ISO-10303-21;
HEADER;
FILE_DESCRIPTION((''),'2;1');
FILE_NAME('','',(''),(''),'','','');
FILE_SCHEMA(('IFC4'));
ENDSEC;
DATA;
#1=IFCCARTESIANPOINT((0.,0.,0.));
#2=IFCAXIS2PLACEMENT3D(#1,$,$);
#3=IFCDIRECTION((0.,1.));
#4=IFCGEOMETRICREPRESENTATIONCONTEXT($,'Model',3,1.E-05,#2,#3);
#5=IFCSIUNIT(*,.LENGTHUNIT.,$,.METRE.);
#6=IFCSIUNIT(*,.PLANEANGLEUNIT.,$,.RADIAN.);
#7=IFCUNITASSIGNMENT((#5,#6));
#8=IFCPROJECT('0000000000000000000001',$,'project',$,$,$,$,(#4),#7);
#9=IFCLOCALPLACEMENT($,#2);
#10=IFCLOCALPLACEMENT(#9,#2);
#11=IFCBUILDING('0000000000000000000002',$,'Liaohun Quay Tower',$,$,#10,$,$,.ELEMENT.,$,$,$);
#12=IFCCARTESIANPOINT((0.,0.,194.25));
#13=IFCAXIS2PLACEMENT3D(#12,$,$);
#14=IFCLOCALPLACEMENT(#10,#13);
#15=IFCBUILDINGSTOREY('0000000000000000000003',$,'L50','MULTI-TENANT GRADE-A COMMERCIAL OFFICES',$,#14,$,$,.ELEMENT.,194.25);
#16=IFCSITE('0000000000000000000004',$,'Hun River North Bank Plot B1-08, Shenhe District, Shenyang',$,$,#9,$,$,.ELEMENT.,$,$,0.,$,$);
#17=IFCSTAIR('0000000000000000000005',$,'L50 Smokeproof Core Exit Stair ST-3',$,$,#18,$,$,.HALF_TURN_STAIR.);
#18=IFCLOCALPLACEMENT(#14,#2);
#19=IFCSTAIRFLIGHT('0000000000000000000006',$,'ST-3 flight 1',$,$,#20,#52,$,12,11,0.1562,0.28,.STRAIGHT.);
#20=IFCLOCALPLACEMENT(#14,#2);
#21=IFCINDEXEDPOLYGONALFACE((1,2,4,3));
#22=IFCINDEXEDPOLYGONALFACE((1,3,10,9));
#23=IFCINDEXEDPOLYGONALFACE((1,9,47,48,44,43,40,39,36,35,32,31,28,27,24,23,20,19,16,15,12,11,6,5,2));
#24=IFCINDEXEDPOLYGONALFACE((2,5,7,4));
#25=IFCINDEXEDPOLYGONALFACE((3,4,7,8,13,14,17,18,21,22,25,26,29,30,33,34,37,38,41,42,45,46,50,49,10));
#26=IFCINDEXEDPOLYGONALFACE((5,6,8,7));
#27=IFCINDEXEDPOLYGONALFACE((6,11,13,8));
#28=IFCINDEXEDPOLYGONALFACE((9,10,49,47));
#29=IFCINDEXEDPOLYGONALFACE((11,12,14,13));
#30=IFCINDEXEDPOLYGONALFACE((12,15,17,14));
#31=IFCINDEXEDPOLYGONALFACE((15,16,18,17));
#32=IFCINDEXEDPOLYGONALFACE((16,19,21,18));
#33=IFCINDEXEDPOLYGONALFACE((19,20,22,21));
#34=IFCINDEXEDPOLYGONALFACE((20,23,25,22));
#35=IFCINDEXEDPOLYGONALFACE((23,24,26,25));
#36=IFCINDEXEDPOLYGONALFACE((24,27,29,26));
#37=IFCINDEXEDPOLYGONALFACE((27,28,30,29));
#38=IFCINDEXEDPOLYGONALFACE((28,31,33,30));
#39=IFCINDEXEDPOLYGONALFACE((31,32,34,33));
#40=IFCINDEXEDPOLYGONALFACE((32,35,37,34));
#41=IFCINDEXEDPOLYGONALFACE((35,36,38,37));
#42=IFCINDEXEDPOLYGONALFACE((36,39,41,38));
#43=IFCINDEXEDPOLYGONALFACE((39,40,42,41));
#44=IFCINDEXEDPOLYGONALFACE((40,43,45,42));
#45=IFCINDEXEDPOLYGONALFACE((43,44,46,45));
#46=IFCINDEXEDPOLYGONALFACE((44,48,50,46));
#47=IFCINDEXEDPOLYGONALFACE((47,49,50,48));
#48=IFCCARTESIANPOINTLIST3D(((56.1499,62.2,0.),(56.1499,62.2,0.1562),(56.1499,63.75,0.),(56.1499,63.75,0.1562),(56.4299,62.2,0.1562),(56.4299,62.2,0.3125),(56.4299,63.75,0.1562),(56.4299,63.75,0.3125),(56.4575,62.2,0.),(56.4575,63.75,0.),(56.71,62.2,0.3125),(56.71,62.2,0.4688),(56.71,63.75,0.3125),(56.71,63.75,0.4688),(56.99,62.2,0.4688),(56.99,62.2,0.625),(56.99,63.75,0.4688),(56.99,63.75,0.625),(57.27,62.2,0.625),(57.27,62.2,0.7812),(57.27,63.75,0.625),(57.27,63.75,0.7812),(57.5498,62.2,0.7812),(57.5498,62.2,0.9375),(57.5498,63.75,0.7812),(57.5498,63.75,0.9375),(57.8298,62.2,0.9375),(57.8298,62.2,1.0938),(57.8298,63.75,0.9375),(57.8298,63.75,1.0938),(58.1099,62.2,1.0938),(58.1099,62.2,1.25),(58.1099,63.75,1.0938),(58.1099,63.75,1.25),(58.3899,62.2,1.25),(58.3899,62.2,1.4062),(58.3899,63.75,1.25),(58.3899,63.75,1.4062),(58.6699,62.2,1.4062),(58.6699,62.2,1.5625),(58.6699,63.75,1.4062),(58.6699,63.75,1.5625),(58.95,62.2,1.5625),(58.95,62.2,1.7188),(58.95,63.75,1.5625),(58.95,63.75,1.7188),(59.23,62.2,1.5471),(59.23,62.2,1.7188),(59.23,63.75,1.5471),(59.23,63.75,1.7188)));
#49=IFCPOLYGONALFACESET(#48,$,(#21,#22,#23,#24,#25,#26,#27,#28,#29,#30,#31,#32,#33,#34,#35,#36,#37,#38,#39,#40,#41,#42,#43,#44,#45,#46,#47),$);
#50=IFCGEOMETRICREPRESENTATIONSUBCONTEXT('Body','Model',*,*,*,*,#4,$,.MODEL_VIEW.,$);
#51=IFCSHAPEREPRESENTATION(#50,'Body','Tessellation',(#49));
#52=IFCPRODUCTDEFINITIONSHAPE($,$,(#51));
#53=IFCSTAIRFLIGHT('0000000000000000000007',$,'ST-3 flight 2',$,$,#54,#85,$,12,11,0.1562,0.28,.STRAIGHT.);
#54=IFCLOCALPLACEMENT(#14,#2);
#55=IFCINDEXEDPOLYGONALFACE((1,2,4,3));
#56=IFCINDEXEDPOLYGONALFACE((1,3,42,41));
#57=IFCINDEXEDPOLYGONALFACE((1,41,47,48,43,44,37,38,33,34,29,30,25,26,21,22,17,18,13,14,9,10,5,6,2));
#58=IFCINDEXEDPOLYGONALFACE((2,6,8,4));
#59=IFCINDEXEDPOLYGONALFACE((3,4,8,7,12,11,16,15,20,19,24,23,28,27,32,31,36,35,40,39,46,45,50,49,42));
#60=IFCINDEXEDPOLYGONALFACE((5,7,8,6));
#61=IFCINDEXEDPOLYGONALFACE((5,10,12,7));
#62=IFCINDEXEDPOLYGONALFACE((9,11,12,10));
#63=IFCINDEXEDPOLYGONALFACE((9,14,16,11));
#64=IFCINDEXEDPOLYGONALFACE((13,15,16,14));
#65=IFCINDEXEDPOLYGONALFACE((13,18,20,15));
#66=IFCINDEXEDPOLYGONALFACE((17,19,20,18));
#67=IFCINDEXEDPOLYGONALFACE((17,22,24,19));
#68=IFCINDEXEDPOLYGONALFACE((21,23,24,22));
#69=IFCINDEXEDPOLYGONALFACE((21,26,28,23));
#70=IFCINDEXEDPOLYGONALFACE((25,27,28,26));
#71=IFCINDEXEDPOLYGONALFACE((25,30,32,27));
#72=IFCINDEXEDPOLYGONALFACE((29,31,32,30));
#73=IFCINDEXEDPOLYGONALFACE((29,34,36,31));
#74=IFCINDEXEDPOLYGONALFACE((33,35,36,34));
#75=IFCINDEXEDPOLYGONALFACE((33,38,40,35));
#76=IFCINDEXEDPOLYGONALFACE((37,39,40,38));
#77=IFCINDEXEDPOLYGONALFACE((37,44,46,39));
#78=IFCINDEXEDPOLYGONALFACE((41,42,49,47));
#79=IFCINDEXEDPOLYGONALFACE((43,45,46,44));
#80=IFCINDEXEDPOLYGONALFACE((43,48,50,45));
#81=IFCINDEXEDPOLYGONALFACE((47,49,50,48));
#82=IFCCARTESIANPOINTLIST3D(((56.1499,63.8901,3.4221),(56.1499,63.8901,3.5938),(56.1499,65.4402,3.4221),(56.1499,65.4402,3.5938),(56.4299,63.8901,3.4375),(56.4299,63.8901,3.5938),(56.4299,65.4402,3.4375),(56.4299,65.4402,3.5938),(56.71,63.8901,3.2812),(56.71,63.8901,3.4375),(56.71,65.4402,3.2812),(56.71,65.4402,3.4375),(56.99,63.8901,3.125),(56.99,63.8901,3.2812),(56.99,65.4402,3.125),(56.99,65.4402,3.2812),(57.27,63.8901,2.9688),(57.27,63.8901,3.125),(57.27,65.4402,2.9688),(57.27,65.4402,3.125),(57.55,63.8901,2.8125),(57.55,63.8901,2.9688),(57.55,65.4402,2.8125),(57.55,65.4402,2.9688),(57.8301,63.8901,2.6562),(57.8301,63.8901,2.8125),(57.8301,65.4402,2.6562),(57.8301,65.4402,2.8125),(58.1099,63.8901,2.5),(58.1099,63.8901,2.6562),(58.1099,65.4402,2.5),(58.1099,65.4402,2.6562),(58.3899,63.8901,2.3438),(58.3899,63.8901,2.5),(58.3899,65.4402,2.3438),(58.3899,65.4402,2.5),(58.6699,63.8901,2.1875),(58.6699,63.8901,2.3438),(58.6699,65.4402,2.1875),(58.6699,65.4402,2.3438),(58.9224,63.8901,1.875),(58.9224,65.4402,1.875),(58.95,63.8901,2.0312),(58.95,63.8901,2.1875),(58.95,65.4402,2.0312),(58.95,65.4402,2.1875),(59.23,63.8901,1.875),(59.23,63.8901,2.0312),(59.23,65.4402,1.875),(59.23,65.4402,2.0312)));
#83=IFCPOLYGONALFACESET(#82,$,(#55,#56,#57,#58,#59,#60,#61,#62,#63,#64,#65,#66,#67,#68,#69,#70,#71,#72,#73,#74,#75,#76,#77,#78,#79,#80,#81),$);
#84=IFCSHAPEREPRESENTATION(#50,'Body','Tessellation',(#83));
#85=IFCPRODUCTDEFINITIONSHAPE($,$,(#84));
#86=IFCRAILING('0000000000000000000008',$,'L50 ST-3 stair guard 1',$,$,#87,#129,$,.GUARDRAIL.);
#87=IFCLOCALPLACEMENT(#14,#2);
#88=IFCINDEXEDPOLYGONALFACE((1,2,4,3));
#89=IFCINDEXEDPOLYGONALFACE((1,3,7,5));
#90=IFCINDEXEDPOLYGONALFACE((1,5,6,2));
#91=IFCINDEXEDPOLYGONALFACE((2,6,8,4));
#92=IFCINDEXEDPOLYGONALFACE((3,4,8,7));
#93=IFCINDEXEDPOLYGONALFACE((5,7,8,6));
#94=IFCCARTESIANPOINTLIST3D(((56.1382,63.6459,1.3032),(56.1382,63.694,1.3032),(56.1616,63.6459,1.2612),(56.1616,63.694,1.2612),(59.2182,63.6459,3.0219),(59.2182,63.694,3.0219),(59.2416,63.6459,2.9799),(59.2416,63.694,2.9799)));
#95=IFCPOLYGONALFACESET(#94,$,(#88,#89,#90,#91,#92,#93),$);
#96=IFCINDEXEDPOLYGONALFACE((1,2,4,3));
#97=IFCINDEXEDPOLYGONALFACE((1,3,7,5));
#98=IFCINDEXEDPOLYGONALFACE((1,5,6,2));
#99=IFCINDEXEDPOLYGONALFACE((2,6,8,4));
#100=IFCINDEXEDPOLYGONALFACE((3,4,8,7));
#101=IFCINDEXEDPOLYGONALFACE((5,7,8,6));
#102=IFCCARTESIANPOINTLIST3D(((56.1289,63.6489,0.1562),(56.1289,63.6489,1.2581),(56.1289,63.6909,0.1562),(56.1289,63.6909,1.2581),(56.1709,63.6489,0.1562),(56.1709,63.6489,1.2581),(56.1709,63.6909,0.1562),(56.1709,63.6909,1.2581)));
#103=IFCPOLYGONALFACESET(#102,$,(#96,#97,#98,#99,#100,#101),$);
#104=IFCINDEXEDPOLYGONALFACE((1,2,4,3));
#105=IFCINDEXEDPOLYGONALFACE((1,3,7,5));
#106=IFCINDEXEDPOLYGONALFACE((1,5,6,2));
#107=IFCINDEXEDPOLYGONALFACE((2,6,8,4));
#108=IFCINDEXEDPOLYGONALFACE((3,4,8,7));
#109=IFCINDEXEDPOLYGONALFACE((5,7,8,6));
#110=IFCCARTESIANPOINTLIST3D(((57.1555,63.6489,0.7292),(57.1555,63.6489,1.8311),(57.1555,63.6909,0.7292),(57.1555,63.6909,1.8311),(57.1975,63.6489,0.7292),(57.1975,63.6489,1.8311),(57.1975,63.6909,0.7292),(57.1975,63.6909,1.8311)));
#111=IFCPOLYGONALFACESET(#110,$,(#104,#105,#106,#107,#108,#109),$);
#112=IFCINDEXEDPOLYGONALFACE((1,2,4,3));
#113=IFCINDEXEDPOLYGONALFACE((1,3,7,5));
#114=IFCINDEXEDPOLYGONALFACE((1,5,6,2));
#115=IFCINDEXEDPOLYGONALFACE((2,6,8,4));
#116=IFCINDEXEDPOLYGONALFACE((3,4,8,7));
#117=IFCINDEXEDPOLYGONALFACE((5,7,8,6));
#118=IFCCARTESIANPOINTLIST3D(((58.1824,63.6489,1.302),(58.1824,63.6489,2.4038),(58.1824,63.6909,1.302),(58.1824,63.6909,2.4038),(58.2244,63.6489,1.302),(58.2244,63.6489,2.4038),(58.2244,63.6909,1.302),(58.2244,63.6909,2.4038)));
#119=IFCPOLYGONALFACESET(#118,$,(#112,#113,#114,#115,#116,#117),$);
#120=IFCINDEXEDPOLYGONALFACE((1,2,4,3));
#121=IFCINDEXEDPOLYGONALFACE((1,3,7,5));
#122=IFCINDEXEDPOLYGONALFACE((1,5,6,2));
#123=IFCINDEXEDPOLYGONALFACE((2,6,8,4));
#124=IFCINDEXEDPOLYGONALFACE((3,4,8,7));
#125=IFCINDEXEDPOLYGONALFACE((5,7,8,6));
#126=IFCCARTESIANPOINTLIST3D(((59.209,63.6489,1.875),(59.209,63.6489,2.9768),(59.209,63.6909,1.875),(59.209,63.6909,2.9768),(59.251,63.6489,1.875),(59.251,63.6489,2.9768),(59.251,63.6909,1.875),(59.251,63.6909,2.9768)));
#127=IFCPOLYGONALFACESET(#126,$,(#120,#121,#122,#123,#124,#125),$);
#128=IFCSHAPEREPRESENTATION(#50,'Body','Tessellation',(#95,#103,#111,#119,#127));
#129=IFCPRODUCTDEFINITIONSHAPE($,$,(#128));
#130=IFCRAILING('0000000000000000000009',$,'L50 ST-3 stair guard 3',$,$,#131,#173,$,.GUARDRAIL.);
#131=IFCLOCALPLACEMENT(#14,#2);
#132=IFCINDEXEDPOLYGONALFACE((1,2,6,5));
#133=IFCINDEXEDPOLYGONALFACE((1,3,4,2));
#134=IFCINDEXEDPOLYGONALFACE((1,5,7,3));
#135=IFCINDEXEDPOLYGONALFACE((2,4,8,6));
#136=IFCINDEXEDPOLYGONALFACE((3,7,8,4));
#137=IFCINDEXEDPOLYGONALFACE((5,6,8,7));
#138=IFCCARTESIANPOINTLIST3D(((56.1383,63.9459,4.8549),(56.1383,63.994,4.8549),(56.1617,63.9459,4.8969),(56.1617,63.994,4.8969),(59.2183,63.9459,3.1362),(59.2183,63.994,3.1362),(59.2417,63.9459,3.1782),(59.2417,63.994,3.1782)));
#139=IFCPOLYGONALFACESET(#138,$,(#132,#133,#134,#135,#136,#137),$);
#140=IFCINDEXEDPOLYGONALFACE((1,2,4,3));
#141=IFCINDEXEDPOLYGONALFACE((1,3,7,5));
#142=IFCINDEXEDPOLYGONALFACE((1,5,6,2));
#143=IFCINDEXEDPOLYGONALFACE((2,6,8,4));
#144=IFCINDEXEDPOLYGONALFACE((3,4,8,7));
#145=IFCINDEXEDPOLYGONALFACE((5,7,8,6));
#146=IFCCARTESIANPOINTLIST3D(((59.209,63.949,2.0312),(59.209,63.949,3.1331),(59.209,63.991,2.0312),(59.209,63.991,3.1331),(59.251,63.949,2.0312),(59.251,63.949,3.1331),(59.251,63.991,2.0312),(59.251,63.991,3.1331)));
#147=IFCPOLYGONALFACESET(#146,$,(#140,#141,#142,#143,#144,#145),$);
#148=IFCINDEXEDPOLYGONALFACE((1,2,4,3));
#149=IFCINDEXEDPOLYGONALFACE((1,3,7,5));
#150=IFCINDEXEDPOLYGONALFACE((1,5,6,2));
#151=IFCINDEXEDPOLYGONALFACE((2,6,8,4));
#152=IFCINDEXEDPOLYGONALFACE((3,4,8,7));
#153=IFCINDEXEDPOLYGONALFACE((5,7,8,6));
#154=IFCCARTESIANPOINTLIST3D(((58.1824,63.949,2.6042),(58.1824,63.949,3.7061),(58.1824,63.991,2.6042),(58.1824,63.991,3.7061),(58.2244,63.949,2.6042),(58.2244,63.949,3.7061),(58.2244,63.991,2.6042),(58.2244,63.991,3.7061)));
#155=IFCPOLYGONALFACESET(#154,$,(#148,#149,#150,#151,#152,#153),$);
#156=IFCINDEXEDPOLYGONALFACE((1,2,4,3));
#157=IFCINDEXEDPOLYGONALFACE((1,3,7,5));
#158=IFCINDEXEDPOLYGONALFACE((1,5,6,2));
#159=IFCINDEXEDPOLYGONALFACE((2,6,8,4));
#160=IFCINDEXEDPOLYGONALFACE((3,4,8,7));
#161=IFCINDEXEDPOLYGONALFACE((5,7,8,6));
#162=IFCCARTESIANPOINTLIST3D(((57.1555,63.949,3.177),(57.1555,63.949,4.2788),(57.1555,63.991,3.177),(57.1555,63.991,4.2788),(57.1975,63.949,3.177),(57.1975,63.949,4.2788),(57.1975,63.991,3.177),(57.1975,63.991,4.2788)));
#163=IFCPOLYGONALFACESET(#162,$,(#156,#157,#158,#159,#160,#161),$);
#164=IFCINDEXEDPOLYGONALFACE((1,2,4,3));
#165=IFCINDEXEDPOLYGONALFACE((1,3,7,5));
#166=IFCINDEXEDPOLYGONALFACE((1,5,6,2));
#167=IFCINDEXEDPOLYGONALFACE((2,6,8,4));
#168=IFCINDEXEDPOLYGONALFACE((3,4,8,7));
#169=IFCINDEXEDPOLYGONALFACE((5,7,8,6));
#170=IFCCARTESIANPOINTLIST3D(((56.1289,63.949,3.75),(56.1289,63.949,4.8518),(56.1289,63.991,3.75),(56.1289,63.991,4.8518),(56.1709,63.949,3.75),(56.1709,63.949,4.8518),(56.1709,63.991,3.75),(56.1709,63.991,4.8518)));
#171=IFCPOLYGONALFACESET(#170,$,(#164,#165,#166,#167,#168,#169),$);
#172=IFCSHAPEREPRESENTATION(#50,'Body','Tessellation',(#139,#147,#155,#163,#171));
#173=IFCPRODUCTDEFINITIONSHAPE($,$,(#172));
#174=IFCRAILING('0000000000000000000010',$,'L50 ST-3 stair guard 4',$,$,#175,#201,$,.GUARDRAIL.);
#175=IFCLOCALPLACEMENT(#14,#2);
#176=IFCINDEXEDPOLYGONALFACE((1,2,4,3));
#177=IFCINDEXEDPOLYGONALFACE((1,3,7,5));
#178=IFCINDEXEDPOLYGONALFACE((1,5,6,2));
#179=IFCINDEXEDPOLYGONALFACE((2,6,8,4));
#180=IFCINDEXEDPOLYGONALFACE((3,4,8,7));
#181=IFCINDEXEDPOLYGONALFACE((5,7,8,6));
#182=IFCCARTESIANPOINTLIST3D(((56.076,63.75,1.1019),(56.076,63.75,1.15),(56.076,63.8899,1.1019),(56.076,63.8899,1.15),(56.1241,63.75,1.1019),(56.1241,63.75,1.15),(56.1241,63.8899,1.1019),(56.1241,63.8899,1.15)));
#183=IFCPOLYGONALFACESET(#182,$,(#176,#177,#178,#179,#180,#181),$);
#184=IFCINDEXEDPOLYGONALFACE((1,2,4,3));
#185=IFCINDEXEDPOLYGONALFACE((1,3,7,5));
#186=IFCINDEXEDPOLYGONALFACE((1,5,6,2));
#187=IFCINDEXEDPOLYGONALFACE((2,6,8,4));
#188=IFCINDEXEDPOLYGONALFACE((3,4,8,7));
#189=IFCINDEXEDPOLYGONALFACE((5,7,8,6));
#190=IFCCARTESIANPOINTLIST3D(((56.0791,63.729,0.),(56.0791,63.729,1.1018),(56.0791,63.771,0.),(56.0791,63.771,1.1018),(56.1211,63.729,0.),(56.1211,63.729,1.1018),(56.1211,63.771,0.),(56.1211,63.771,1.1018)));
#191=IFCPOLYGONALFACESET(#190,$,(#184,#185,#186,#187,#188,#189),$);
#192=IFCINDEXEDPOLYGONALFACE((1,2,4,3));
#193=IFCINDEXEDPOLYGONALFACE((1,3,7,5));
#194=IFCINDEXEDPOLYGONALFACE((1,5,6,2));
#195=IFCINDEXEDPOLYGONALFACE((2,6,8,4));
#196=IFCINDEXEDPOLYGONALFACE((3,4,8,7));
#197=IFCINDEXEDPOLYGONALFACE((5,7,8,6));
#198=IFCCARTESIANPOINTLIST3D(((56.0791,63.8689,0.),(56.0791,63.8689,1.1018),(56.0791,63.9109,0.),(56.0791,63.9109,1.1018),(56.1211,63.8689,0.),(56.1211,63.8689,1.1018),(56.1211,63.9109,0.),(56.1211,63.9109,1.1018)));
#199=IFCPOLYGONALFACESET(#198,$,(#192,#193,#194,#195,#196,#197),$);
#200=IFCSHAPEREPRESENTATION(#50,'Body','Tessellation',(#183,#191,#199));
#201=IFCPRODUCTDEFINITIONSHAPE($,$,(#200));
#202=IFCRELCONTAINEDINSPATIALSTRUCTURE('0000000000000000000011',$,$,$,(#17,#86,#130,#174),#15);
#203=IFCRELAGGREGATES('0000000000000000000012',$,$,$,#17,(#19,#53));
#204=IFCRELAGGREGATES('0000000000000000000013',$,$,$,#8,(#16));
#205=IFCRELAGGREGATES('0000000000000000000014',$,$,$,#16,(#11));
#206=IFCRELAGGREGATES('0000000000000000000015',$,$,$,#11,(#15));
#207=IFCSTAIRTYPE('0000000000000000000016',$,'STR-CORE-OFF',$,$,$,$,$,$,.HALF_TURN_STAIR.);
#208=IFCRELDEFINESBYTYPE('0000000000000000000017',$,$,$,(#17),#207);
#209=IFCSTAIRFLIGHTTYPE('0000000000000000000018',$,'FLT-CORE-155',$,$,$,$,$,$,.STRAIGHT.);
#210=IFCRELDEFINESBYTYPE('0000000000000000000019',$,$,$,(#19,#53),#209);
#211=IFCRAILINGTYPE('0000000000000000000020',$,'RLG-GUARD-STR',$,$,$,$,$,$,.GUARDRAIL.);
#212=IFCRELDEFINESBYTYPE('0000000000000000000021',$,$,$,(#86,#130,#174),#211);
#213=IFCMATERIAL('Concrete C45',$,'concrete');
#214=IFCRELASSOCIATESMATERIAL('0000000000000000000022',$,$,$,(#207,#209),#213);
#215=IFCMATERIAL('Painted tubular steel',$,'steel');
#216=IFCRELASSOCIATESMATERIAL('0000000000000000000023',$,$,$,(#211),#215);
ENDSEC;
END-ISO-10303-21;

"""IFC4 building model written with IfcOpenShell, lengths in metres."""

from ifc_helpers import new_model, si_unit, direction, frame, origin, origin_2d, place, context, subcontext, project, spatial, polyline, rectangle, outline, extrude, material, type_object, element, aggregate, save


model = new_model("IFC4")

# Units and contexts
model_context = context("Model", 3, precision=1e-05, world=origin(), true_north=direction((0.0, 1.0)))
body_context = subcontext(model_context, "Body", "Model", "MODEL_VIEW")
ifc_project = project(units=[si_unit("LENGTHUNIT", "METRE"), si_unit("PLANEANGLEUNIT", "RADIAN")], contexts=[model_context])

# Site, building, storey
site_placement = place(None, origin())
site = spatial("IfcSite", under=ifc_project, at=site_placement, Name="Hun River North Bank Plot B1-08, Shenhe District, Shenyang", CompositionType="ELEMENT", RefElevation=0.0)
building_placement = place(site_placement, origin())
building = spatial("IfcBuilding", under=site, at=building_placement, Name="Liaohun Quay Tower", CompositionType="ELEMENT")
storey_placement = place(building_placement, frame((0.0, 0.0, 194.25)))
storey = spatial("IfcBuildingStorey", under=building, at=storey_placement, Name="L50", Description="MULTI-TENANT GRADE-A COMMERCIAL OFFICES", CompositionType="ELEMENT", Elevation=194.25)

# Stair, stair flights
ifc_material_1 = material(Name="Concrete C45", Category="concrete")
stair_type = type_object("IfcStairType", Name="STR-CORE-OFF", PredefinedType="HALF_TURN_STAIR", material=ifc_material_1)
stair_placement = place(storey_placement, origin())
stair = element("IfcStair", 1, at=stair_placement, inside=storey, type_object=stair_type, Name="L50 Smokeproof Core Exit Stair ST-3", PredefinedType="HALF_TURN_STAIR")
stair_flight_type = type_object("IfcStairFlightType", Name="FLT-CORE-155", PredefinedType="STRAIGHT", material=ifc_material_1)
stair_flight_1_placement = place(storey_placement, frame((56.1499, 62.9751, 0.0), z_axis=(0.0, 0.0, 1.0), x_axis=(1.0, 0.0, 0.0)))
stair_flight_1 = element("IfcStairFlight", 2, at=stair_flight_1_placement, type_object=stair_flight_type, Name="ST-3 flight 1", NumberOfRisers=12, NumberOfTreads=11, PredefinedType="STRAIGHT", RiserHeight=0.1562, TreadLength=0.28, context=body_context, shape_type="SweptSolid", body=[
    extrude(outline(polyline([(0.0, 0.0), (0.0, 0.1562), (0.28, 0.1562), (0.28, 0.3125), (0.5601, 0.3125), (0.5601, 0.4688), (0.8401, 0.4688), (0.8401, 0.625), (1.1201, 0.625), (1.1201, 0.7812), (1.3999, 0.7812), (1.3999, 0.9375), (1.6799, 0.9375), (1.6799, 1.0938), (1.96, 1.0938), (1.96, 1.25), (2.24, 1.25), (2.24, 1.4062), (2.52, 1.4062), (2.52, 1.5625), (2.8, 1.5625), (2.8, 1.7188), (3.0801, 1.7188), (3.0801, 1.875), (3.0801, 1.5471), (0.3076, 0.0), (0.0, 0.0)])), frame((0.0, 0.7749, 0.0), z_axis=(0.0, -1.0, 0.0), x_axis=(1.0, 0.0, 0.0)), (0.0, 0.0, 1.0), 1.55),
])
stair_flight_2_placement = place(storey_placement, frame((59.23, 64.665, 1.875), z_axis=(0.0, 0.0, 1.0), x_axis=(-1.0, 0.0, 0.0)))
stair_flight_2 = element("IfcStairFlight", 3, at=stair_flight_2_placement, type_object=stair_flight_type, Name="ST-3 flight 2", NumberOfRisers=12, NumberOfTreads=11, PredefinedType="STRAIGHT", RiserHeight=0.1562, TreadLength=0.28, context=body_context, shape_type="SweptSolid", body=[
    extrude(outline(polyline([(0.0, 0.0), (0.0, 0.1562), (0.28, 0.1562), (0.28, 0.3125), (0.5601, 0.3125), (0.5601, 0.4688), (0.8401, 0.4688), (0.8401, 0.625), (1.1201, 0.625), (1.1201, 0.7812), (1.3999, 0.7812), (1.3999, 0.9375), (1.6799, 0.9375), (1.6799, 1.0938), (1.96, 1.0938), (1.96, 1.25), (2.24, 1.25), (2.24, 1.4062), (2.52, 1.4062), (2.52, 1.5625), (2.8, 1.5625), (2.8, 1.7188), (3.0801, 1.7188), (3.0801, 1.875), (3.0801, 1.5471), (0.3076, 0.0), (0.0, 0.0)])), frame((0.0, 0.7749, 0.0), z_axis=(0.0, -1.0, 0.0), x_axis=(1.0, 0.0, 0.0)), (0.0, 0.0, 1.0), 1.55),
])
aggregate(stair, [stair_flight_1, stair_flight_2])

# Railings
ifc_material_2 = material(Name="Painted tubular steel", Category="steel")
railing_type_1 = type_object("IfcRailingType", Name="RLG-GUARD-STR", PredefinedType="GUARDRAIL", material=ifc_material_2)
railing_1_placement = place(storey_placement, frame((56.1499, 63.6699, 0.1562)))
element("IfcRailing", 4, at=railing_1_placement, inside=storey, type_object=railing_type_1, Name="L50 ST-3 stair guard 1", PredefinedType="GUARDRAIL", context=body_context, shape_type="SweptSolid", body=[
    extrude(rectangle(XDim=0.0481, YDim=0.0481, at=origin_2d()), frame((0.0, 0.0, 1.126), z_axis=(0.873242, 0.0, 0.487288), x_axis=(0.0, 1.0, 0.0)), (0.0, 0.0, 1.0), 3.5271),
    extrude(rectangle(XDim=0.042, YDim=0.042, at=origin_2d()), origin(), (0.0, 0.0, 1.0), 1.1018),
    extrude(rectangle(XDim=0.042, YDim=0.042, at=origin_2d()), frame((1.0266, 0.0, 0.573)), (0.0, 0.0, 1.0), 1.1018),
    extrude(rectangle(XDim=0.042, YDim=0.042, at=origin_2d()), frame((2.0535, 0.0, 1.1458)), (0.0, 0.0, 1.0), 1.1018),
    extrude(rectangle(XDim=0.042, YDim=0.042, at=origin_2d()), frame((3.0801, 0.0, 1.7188)), (0.0, 0.0, 1.0), 1.1018),
])
railing_2_placement = place(storey_placement, frame((59.23, 63.97, 2.0312)))
element("IfcRailing", 5, at=railing_2_placement, inside=storey, type_object=railing_type_1, Name="L50 ST-3 stair guard 3", PredefinedType="GUARDRAIL", context=body_context, shape_type="SweptSolid", body=[
    extrude(rectangle(XDim=0.0481, YDim=0.0481, at=origin_2d()), frame((0.0, 0.0, 1.126), z_axis=(-0.873242, 0.0, 0.487288), x_axis=(0.0, -1.0, 0.0)), (0.0, 0.0, 1.0), 3.5271),
    extrude(rectangle(XDim=0.042, YDim=0.042, at=origin_2d()), origin(), (0.0, 0.0, 1.0), 1.1018),
    extrude(rectangle(XDim=0.042, YDim=0.042, at=origin_2d()), frame((-1.0266, 0.0, 0.573)), (0.0, 0.0, 1.0), 1.1018),
    extrude(rectangle(XDim=0.042, YDim=0.042, at=origin_2d()), frame((-2.0535, 0.0, 1.1458)), (0.0, 0.0, 1.0), 1.1018),
    extrude(rectangle(XDim=0.042, YDim=0.042, at=origin_2d()), frame((-3.0801, 0.0, 1.7188)), (0.0, 0.0, 1.0), 1.1018),
])
railing_3_placement = place(storey_placement, frame((56.1001, 63.75, 0.0)))
element("IfcRailing", 6, at=railing_3_placement, inside=storey, type_object=railing_type_1, Name="L50 ST-3 stair guard 4", PredefinedType="GUARDRAIL", context=body_context, shape_type="SweptSolid", body=[
    extrude(rectangle(XDim=0.0481, YDim=0.0481, at=origin_2d()), frame((0.0, 0.0, 1.126), z_axis=(0.0, 1.0, 0.0), x_axis=(-1.0, 0.0, 0.0)), (0.0, 0.0, 1.0), 0.1399),
    extrude(rectangle(XDim=0.042, YDim=0.042, at=origin_2d()), origin(), (0.0, 0.0, 1.0), 1.1018),
    extrude(rectangle(XDim=0.042, YDim=0.042, at=origin_2d()), frame((0.0, 0.1399, 0.0)), (0.0, 0.0, 1.0), 1.1018),
])

save(model, "model.ifc")
